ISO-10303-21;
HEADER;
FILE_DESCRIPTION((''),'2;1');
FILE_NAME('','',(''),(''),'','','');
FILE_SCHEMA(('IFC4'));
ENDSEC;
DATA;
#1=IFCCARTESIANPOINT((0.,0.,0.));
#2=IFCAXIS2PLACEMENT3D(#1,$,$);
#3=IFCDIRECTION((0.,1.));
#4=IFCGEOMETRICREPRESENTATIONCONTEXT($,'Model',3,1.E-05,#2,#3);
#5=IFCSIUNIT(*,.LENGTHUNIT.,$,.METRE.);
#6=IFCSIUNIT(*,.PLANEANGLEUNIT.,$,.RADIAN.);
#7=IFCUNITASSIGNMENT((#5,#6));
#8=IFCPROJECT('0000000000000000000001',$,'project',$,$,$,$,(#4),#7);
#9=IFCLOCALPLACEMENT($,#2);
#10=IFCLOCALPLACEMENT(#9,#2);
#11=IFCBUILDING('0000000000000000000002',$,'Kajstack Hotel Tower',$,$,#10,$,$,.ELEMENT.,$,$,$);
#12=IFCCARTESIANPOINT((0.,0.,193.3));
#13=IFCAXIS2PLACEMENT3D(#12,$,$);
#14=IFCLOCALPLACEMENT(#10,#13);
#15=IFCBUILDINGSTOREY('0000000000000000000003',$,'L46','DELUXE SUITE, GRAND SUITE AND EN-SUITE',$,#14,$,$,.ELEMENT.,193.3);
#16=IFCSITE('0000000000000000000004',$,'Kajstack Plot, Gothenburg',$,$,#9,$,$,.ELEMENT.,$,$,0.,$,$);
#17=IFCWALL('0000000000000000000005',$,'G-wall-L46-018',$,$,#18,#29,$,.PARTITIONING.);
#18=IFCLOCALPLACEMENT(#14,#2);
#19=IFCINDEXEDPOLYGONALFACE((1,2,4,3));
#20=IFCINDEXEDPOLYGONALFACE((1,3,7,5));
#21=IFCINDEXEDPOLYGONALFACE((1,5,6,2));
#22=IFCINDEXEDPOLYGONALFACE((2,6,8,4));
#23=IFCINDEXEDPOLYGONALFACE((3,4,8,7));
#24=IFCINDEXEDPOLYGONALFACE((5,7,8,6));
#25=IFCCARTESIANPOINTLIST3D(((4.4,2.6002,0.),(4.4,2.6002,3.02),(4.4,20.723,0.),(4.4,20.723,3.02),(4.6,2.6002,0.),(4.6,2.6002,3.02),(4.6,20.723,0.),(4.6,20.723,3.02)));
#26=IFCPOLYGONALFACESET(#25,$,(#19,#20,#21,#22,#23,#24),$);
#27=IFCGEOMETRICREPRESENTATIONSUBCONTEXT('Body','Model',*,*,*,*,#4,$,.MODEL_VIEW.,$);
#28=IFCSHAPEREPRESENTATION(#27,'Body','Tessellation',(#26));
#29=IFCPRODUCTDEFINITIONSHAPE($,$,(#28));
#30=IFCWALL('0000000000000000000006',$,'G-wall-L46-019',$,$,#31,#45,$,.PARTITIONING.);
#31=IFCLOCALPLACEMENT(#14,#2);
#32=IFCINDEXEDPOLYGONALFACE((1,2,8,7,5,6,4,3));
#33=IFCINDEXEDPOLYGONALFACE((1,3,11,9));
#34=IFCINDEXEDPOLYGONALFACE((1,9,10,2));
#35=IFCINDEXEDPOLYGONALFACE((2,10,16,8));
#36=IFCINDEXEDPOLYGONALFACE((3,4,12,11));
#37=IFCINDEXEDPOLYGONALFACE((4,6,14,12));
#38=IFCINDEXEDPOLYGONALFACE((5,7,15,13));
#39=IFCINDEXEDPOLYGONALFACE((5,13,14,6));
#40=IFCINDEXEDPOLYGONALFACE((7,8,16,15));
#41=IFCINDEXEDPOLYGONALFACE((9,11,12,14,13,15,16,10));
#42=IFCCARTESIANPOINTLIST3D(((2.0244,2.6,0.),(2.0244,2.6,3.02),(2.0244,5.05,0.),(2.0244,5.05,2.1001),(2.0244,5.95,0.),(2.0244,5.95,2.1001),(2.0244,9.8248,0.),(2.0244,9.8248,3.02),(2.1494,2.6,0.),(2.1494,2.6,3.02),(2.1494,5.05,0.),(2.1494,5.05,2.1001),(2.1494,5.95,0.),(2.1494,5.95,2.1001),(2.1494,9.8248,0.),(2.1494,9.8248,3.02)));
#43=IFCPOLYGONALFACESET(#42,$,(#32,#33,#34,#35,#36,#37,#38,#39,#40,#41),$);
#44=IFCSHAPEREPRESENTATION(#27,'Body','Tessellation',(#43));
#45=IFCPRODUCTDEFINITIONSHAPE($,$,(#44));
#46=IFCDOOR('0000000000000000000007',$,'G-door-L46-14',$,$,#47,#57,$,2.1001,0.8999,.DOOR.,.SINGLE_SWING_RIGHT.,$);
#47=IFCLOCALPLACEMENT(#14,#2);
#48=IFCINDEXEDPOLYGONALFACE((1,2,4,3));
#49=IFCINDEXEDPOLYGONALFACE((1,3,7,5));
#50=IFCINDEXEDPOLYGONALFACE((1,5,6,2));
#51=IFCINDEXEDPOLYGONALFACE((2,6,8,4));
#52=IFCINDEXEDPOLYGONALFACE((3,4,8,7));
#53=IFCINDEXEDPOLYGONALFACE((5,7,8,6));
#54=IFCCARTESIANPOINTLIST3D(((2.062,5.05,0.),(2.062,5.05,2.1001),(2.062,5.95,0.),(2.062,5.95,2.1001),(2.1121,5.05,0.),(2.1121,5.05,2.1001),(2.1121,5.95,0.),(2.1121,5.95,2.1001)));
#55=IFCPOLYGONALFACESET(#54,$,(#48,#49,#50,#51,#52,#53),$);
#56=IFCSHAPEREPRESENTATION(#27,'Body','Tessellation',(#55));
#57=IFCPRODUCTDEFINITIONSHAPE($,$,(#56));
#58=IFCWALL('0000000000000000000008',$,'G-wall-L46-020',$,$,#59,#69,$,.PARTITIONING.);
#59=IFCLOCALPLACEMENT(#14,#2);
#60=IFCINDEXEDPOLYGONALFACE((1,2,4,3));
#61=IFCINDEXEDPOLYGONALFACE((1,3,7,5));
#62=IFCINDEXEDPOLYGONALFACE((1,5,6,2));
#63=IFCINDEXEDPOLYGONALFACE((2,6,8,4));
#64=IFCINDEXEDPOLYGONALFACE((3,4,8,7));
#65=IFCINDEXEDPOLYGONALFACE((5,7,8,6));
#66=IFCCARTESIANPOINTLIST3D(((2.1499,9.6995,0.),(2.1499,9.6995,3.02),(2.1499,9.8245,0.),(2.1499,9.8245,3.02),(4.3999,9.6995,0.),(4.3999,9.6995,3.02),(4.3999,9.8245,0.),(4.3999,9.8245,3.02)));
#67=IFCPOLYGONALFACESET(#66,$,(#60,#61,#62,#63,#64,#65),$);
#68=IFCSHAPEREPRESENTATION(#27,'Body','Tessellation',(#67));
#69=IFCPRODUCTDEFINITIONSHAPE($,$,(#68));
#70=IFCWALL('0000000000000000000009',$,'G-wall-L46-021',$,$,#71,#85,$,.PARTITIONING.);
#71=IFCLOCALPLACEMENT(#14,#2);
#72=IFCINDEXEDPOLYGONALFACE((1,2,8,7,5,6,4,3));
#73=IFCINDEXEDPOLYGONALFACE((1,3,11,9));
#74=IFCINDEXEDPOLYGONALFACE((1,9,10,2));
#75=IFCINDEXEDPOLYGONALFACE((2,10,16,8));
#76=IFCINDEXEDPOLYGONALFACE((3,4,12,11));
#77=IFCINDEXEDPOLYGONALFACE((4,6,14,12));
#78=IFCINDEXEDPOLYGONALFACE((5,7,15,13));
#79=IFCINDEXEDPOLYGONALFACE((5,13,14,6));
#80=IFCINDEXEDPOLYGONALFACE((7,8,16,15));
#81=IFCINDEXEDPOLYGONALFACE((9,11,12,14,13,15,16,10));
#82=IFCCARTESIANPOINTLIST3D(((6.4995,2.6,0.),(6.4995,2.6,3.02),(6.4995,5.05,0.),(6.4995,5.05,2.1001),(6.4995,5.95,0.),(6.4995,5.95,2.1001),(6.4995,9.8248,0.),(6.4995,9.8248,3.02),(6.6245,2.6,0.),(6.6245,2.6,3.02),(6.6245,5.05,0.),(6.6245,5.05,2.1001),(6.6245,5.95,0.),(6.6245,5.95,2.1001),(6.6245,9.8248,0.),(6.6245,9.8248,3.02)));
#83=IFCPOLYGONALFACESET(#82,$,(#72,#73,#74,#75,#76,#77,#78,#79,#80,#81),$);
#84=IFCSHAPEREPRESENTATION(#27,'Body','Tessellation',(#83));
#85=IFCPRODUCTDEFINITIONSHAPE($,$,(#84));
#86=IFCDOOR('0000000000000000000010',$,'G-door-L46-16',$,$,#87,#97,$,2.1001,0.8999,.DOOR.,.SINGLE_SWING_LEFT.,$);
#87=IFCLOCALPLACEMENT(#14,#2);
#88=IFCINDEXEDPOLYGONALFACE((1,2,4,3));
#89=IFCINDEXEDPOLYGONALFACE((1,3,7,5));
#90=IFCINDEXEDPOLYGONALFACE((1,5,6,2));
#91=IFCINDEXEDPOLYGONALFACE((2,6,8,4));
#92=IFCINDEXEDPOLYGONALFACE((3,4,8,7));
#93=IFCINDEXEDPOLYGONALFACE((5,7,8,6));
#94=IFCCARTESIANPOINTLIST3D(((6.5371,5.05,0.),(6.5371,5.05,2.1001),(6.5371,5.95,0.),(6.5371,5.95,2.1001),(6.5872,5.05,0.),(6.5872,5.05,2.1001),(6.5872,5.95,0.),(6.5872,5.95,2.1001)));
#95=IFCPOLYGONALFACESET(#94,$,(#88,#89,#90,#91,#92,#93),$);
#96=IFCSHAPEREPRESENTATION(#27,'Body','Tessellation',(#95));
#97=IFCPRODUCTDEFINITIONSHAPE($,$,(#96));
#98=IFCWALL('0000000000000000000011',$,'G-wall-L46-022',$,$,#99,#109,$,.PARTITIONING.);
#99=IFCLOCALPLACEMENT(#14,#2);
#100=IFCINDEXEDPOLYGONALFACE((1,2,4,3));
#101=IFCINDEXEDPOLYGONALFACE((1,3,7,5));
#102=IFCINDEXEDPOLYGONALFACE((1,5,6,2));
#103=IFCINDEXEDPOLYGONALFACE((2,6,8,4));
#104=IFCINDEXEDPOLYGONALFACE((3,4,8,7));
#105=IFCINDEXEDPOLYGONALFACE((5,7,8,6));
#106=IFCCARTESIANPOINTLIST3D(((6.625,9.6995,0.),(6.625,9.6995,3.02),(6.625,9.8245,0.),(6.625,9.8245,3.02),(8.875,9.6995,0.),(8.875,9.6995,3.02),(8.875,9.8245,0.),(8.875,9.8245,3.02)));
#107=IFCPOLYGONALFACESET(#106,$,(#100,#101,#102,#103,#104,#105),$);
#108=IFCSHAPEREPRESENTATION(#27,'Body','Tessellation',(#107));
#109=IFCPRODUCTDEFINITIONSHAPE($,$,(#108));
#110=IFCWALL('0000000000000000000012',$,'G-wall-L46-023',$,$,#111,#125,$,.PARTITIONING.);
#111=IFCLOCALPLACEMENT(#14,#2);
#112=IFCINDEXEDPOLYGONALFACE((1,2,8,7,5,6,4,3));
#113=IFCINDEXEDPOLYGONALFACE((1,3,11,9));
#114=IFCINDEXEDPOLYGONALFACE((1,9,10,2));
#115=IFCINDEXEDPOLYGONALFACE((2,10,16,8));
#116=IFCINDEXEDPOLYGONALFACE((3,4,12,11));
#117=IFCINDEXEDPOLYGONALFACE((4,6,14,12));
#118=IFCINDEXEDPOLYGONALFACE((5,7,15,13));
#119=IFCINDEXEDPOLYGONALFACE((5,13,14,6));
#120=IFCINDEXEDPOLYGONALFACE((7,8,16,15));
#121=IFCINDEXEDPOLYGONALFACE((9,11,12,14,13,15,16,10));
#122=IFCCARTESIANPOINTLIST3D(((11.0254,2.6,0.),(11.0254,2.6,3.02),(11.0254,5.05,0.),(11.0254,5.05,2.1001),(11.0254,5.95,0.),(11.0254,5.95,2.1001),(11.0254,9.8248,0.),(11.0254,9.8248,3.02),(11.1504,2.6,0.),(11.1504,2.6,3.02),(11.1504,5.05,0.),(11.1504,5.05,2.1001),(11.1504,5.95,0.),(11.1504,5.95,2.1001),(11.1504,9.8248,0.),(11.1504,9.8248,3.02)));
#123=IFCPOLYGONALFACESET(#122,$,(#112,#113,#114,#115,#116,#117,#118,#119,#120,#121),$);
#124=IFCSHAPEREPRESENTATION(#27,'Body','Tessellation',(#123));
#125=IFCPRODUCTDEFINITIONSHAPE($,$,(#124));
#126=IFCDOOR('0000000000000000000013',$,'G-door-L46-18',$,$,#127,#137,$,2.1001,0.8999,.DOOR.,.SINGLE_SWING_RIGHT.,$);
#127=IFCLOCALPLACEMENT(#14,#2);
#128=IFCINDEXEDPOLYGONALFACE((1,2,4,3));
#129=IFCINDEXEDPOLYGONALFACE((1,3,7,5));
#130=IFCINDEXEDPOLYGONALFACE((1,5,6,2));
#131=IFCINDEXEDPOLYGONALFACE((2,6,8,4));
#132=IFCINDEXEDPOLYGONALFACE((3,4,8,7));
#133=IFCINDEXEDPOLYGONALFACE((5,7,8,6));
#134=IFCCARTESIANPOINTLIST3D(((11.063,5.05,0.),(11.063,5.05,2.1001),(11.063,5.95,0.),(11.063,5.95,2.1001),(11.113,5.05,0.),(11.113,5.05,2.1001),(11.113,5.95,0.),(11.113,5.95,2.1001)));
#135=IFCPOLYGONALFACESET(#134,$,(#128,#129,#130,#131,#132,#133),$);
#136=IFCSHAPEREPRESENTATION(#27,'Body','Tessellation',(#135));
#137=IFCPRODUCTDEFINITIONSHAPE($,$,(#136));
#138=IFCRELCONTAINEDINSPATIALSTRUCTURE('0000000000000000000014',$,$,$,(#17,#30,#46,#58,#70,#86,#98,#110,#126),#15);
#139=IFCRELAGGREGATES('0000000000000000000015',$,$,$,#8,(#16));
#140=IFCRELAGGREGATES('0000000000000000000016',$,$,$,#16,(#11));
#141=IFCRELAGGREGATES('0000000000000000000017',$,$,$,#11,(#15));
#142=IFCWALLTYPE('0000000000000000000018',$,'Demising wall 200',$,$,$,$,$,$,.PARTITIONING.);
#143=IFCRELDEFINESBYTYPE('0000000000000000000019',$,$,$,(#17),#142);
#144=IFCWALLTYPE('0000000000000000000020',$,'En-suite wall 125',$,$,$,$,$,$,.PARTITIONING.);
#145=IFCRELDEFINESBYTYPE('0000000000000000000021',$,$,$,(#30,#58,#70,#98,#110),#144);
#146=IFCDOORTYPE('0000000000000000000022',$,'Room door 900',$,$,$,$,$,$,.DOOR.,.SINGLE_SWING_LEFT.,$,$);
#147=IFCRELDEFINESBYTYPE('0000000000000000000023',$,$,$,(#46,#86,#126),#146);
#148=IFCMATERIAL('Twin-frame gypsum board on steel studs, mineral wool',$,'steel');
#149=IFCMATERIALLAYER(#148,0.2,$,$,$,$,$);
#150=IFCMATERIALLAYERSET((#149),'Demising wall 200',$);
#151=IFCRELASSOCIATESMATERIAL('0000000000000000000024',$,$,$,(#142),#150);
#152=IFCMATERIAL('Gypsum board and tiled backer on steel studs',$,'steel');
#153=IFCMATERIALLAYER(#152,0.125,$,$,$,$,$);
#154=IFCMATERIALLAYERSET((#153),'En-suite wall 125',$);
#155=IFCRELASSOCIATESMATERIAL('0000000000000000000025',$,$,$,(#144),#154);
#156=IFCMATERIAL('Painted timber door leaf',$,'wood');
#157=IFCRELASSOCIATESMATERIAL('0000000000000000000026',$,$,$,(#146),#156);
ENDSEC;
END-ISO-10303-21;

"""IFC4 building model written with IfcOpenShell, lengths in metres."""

from ifc_helpers import new_model, si_unit, direction, frame, frame_2d, origin, place, context, subcontext, project, spatial, rectangle, extrude, material, layer, layer_set, type_object, element, fill, save


model = new_model("IFC4")

# Units and contexts
model_context = context("Model", 3, precision=1e-05, world=origin(), true_north=direction((0.0, 1.0)))
body_context = subcontext(model_context, "Body", "Model", "MODEL_VIEW")
ifc_project = project(units=[si_unit("LENGTHUNIT", "METRE"), si_unit("PLANEANGLEUNIT", "RADIAN")], contexts=[model_context])

# Site, building, storey
site_placement = place(None, origin())
site = spatial("IfcSite", under=ifc_project, at=site_placement, Name="Kajstack Plot, Gothenburg", CompositionType="ELEMENT", RefElevation=0.0)
building_placement = place(site_placement, origin())
building = spatial("IfcBuilding", under=site, at=building_placement, Name="Kajstack Hotel Tower", CompositionType="ELEMENT")
storey_placement = place(building_placement, frame((0.0, 0.0, 193.3)))
storey = spatial("IfcBuildingStorey", under=building, at=storey_placement, Name="L46", Description="DELUXE SUITE, GRAND SUITE AND EN-SUITE", CompositionType="ELEMENT", Elevation=193.3)

# Wall
ifc_material_1 = material(Name="Twin-frame gypsum board on steel studs, mineral wool", Category="steel")
ifc_layer_1 = layer(ifc_material_1, 0.2)
ifc_layer_set_1 = layer_set([ifc_layer_1], Name="Demising wall 200")
wall_type_1 = type_object("IfcWallType", Name="Demising wall 200", PredefinedType="PARTITIONING", material=ifc_layer_set_1)
wall_1_placement = place(storey_placement, frame((4.5, 2.6001, 0.0), z_axis=(0.0, 0.0, 1.0), x_axis=(0.0, 1.0, 0.0)))
element("IfcWall", 1, at=wall_1_placement, inside=storey, type_object=wall_type_1, Name="G-wall-L46-018", PredefinedType="PARTITIONING", context=body_context, shape_type="SweptSolid", body=[
    extrude(rectangle(XDim=18.1228, YDim=0.2, at=frame_2d((9.0615, 0.0))), origin(), (0.0, 0.0, 1.0), 3.02),
])

# Wall, opening, door
ifc_material_2 = material(Name="Gypsum board and tiled backer on steel studs", Category="steel")
ifc_layer_2 = layer(ifc_material_2, 0.125)
ifc_layer_set_2 = layer_set([ifc_layer_2], Name="En-suite wall 125")
wall_type_2 = type_object("IfcWallType", Name="En-suite wall 125", PredefinedType="PARTITIONING", material=ifc_layer_set_2)
wall_2_placement = place(storey_placement, frame((2.0869, 2.6001, 0.0), z_axis=(0.0, 0.0, 1.0), x_axis=(0.0, 1.0, 0.0)))
wall_2 = element("IfcWall", 2, at=wall_2_placement, inside=storey, type_object=wall_type_2, Name="G-wall-L46-019", PredefinedType="PARTITIONING", context=body_context, shape_type="SweptSolid", body=[
    extrude(rectangle(XDim=7.2249, YDim=0.125, at=frame_2d((3.6123, 0.0))), origin(), (0.0, 0.0, 1.0), 3.02),
])
opening_1_placement = place(wall_2_placement, frame((2.45, 0.0, 0.0)))
opening_1 = element("IfcOpeningElement", 3, at=opening_1_placement, cuts=wall_2, PredefinedType="OPENING", context=body_context, shape_type="SweptSolid", body=[
    extrude(rectangle(XDim=0.8999, YDim=2.1001, at=frame_2d((0.45, 1.05))), frame((0.0, 0.0725, 0.0), z_axis=(0.0, -1.0, 0.0), x_axis=(1.0, 0.0, 0.0)), (0.0, 0.0, 1.0), 0.145),
])
ifc_material_3 = material(Name="Painted timber door leaf", Category="wood")
door_type_1 = type_object("IfcDoorType", Name="Room door 900", OperationType="SINGLE_SWING_LEFT", PredefinedType="DOOR", material=ifc_material_3)
door_1_placement = place(opening_1_placement, origin())
door_1 = element("IfcDoor", 4, at=door_1_placement, inside=storey, type_object=door_type_1, Name="G-door-L46-14", OperationType="SINGLE_SWING_RIGHT", OverallHeight=2.1001, OverallWidth=0.8999, PredefinedType="DOOR", context=body_context, shape_type="SweptSolid", body=[
    extrude(rectangle(XDim=0.8999, YDim=2.1001, at=frame_2d((0.45, 1.05))), frame((0.0, 0.0249, 0.0), z_axis=(0.0, -1.0, 0.0), x_axis=(1.0, 0.0, 0.0)), (0.0, 0.0, 1.0), 0.05),
])
fill(opening_1, door_1)

# Wall
wall_3_placement = place(storey_placement, frame((2.1499, 9.762, 0.0), z_axis=(0.0, 0.0, 1.0), x_axis=(1.0, 0.0, 0.0)))
element("IfcWall", 5, at=wall_3_placement, inside=storey, type_object=wall_type_2, Name="G-wall-L46-020", PredefinedType="PARTITIONING", context=body_context, shape_type="SweptSolid", body=[
    extrude(rectangle(XDim=2.25, YDim=0.125, at=frame_2d((1.125, 0.0))), origin(), (0.0, 0.0, 1.0), 3.02),
])

# Wall, opening, door
wall_4_placement = place(storey_placement, frame((6.562, 2.6001, 0.0), z_axis=(0.0, 0.0, 1.0), x_axis=(0.0, 1.0, 0.0)))
wall_4 = element("IfcWall", 6, at=wall_4_placement, inside=storey, type_object=wall_type_2, Name="G-wall-L46-021", PredefinedType="PARTITIONING", context=body_context, shape_type="SweptSolid", body=[
    extrude(rectangle(XDim=7.2249, YDim=0.125, at=frame_2d((3.6123, 0.0))), origin(), (0.0, 0.0, 1.0), 3.02),
])
opening_2_placement = place(wall_4_placement, frame((2.45, 0.0, 0.0)))
opening_2 = element("IfcOpeningElement", 7, at=opening_2_placement, cuts=wall_4, PredefinedType="OPENING", context=body_context, shape_type="SweptSolid", body=[
    extrude(rectangle(XDim=0.8999, YDim=2.1001, at=frame_2d((0.45, 1.05))), frame((0.0, 0.0725, 0.0), z_axis=(0.0, -1.0, 0.0), x_axis=(1.0, 0.0, 0.0)), (0.0, 0.0, 1.0), 0.145),
])
door_2_placement = place(opening_2_placement, origin())
door_2 = element("IfcDoor", 8, at=door_2_placement, inside=storey, type_object=door_type_1, Name="G-door-L46-16", OperationType="SINGLE_SWING_LEFT", OverallHeight=2.1001, OverallWidth=0.8999, PredefinedType="DOOR", context=body_context, shape_type="SweptSolid", body=[
    extrude(rectangle(XDim=0.8999, YDim=2.1001, at=frame_2d((0.45, 1.05))), frame((0.0, 0.0249, 0.0), z_axis=(0.0, -1.0, 0.0), x_axis=(1.0, 0.0, 0.0)), (0.0, 0.0, 1.0), 0.05),
])
fill(opening_2, door_2)

# Wall
wall_5_placement = place(storey_placement, frame((6.625, 9.762, 0.0), z_axis=(0.0, 0.0, 1.0), x_axis=(1.0, 0.0, 0.0)))
element("IfcWall", 9, at=wall_5_placement, inside=storey, type_object=wall_type_2, Name="G-wall-L46-022", PredefinedType="PARTITIONING", context=body_context, shape_type="SweptSolid", body=[
    extrude(rectangle(XDim=2.25, YDim=0.125, at=frame_2d((1.125, 0.0))), origin(), (0.0, 0.0, 1.0), 3.02),
])

# Wall, opening, door
wall_6_placement = place(storey_placement, frame((11.0879, 2.6001, 0.0), z_axis=(0.0, 0.0, 1.0), x_axis=(0.0, 1.0, 0.0)))
wall_6 = element("IfcWall", 10, at=wall_6_placement, inside=storey, type_object=wall_type_2, Name="G-wall-L46-023", PredefinedType="PARTITIONING", context=body_context, shape_type="SweptSolid", body=[
    extrude(rectangle(XDim=7.2249, YDim=0.125, at=frame_2d((3.6123, 0.0))), origin(), (0.0, 0.0, 1.0), 3.02),
])
opening_3_placement = place(wall_6_placement, frame((2.45, 0.0, 0.0)))
opening_3 = element("IfcOpeningElement", 11, at=opening_3_placement, cuts=wall_6, PredefinedType="OPENING", context=body_context, shape_type="SweptSolid", body=[
    extrude(rectangle(XDim=0.8999, YDim=2.1001, at=frame_2d((0.45, 1.05))), frame((0.0, 0.0725, 0.0), z_axis=(0.0, -1.0, 0.0), x_axis=(1.0, 0.0, 0.0)), (0.0, 0.0, 1.0), 0.145),
])
door_3_placement = place(opening_3_placement, origin())
door_3 = element("IfcDoor", 12, at=door_3_placement, inside=storey, type_object=door_type_1, Name="G-door-L46-18", OperationType="SINGLE_SWING_RIGHT", OverallHeight=2.1001, OverallWidth=0.8999, PredefinedType="DOOR", context=body_context, shape_type="SweptSolid", body=[
    extrude(rectangle(XDim=0.8999, YDim=2.1001, at=frame_2d((0.45, 1.05))), frame((0.0, 0.0249, 0.0), z_axis=(0.0, -1.0, 0.0), x_axis=(1.0, 0.0, 0.0)), (0.0, 0.0, 1.0), 0.05),
])
fill(opening_3, door_3)

save(model, "model.ifc")
